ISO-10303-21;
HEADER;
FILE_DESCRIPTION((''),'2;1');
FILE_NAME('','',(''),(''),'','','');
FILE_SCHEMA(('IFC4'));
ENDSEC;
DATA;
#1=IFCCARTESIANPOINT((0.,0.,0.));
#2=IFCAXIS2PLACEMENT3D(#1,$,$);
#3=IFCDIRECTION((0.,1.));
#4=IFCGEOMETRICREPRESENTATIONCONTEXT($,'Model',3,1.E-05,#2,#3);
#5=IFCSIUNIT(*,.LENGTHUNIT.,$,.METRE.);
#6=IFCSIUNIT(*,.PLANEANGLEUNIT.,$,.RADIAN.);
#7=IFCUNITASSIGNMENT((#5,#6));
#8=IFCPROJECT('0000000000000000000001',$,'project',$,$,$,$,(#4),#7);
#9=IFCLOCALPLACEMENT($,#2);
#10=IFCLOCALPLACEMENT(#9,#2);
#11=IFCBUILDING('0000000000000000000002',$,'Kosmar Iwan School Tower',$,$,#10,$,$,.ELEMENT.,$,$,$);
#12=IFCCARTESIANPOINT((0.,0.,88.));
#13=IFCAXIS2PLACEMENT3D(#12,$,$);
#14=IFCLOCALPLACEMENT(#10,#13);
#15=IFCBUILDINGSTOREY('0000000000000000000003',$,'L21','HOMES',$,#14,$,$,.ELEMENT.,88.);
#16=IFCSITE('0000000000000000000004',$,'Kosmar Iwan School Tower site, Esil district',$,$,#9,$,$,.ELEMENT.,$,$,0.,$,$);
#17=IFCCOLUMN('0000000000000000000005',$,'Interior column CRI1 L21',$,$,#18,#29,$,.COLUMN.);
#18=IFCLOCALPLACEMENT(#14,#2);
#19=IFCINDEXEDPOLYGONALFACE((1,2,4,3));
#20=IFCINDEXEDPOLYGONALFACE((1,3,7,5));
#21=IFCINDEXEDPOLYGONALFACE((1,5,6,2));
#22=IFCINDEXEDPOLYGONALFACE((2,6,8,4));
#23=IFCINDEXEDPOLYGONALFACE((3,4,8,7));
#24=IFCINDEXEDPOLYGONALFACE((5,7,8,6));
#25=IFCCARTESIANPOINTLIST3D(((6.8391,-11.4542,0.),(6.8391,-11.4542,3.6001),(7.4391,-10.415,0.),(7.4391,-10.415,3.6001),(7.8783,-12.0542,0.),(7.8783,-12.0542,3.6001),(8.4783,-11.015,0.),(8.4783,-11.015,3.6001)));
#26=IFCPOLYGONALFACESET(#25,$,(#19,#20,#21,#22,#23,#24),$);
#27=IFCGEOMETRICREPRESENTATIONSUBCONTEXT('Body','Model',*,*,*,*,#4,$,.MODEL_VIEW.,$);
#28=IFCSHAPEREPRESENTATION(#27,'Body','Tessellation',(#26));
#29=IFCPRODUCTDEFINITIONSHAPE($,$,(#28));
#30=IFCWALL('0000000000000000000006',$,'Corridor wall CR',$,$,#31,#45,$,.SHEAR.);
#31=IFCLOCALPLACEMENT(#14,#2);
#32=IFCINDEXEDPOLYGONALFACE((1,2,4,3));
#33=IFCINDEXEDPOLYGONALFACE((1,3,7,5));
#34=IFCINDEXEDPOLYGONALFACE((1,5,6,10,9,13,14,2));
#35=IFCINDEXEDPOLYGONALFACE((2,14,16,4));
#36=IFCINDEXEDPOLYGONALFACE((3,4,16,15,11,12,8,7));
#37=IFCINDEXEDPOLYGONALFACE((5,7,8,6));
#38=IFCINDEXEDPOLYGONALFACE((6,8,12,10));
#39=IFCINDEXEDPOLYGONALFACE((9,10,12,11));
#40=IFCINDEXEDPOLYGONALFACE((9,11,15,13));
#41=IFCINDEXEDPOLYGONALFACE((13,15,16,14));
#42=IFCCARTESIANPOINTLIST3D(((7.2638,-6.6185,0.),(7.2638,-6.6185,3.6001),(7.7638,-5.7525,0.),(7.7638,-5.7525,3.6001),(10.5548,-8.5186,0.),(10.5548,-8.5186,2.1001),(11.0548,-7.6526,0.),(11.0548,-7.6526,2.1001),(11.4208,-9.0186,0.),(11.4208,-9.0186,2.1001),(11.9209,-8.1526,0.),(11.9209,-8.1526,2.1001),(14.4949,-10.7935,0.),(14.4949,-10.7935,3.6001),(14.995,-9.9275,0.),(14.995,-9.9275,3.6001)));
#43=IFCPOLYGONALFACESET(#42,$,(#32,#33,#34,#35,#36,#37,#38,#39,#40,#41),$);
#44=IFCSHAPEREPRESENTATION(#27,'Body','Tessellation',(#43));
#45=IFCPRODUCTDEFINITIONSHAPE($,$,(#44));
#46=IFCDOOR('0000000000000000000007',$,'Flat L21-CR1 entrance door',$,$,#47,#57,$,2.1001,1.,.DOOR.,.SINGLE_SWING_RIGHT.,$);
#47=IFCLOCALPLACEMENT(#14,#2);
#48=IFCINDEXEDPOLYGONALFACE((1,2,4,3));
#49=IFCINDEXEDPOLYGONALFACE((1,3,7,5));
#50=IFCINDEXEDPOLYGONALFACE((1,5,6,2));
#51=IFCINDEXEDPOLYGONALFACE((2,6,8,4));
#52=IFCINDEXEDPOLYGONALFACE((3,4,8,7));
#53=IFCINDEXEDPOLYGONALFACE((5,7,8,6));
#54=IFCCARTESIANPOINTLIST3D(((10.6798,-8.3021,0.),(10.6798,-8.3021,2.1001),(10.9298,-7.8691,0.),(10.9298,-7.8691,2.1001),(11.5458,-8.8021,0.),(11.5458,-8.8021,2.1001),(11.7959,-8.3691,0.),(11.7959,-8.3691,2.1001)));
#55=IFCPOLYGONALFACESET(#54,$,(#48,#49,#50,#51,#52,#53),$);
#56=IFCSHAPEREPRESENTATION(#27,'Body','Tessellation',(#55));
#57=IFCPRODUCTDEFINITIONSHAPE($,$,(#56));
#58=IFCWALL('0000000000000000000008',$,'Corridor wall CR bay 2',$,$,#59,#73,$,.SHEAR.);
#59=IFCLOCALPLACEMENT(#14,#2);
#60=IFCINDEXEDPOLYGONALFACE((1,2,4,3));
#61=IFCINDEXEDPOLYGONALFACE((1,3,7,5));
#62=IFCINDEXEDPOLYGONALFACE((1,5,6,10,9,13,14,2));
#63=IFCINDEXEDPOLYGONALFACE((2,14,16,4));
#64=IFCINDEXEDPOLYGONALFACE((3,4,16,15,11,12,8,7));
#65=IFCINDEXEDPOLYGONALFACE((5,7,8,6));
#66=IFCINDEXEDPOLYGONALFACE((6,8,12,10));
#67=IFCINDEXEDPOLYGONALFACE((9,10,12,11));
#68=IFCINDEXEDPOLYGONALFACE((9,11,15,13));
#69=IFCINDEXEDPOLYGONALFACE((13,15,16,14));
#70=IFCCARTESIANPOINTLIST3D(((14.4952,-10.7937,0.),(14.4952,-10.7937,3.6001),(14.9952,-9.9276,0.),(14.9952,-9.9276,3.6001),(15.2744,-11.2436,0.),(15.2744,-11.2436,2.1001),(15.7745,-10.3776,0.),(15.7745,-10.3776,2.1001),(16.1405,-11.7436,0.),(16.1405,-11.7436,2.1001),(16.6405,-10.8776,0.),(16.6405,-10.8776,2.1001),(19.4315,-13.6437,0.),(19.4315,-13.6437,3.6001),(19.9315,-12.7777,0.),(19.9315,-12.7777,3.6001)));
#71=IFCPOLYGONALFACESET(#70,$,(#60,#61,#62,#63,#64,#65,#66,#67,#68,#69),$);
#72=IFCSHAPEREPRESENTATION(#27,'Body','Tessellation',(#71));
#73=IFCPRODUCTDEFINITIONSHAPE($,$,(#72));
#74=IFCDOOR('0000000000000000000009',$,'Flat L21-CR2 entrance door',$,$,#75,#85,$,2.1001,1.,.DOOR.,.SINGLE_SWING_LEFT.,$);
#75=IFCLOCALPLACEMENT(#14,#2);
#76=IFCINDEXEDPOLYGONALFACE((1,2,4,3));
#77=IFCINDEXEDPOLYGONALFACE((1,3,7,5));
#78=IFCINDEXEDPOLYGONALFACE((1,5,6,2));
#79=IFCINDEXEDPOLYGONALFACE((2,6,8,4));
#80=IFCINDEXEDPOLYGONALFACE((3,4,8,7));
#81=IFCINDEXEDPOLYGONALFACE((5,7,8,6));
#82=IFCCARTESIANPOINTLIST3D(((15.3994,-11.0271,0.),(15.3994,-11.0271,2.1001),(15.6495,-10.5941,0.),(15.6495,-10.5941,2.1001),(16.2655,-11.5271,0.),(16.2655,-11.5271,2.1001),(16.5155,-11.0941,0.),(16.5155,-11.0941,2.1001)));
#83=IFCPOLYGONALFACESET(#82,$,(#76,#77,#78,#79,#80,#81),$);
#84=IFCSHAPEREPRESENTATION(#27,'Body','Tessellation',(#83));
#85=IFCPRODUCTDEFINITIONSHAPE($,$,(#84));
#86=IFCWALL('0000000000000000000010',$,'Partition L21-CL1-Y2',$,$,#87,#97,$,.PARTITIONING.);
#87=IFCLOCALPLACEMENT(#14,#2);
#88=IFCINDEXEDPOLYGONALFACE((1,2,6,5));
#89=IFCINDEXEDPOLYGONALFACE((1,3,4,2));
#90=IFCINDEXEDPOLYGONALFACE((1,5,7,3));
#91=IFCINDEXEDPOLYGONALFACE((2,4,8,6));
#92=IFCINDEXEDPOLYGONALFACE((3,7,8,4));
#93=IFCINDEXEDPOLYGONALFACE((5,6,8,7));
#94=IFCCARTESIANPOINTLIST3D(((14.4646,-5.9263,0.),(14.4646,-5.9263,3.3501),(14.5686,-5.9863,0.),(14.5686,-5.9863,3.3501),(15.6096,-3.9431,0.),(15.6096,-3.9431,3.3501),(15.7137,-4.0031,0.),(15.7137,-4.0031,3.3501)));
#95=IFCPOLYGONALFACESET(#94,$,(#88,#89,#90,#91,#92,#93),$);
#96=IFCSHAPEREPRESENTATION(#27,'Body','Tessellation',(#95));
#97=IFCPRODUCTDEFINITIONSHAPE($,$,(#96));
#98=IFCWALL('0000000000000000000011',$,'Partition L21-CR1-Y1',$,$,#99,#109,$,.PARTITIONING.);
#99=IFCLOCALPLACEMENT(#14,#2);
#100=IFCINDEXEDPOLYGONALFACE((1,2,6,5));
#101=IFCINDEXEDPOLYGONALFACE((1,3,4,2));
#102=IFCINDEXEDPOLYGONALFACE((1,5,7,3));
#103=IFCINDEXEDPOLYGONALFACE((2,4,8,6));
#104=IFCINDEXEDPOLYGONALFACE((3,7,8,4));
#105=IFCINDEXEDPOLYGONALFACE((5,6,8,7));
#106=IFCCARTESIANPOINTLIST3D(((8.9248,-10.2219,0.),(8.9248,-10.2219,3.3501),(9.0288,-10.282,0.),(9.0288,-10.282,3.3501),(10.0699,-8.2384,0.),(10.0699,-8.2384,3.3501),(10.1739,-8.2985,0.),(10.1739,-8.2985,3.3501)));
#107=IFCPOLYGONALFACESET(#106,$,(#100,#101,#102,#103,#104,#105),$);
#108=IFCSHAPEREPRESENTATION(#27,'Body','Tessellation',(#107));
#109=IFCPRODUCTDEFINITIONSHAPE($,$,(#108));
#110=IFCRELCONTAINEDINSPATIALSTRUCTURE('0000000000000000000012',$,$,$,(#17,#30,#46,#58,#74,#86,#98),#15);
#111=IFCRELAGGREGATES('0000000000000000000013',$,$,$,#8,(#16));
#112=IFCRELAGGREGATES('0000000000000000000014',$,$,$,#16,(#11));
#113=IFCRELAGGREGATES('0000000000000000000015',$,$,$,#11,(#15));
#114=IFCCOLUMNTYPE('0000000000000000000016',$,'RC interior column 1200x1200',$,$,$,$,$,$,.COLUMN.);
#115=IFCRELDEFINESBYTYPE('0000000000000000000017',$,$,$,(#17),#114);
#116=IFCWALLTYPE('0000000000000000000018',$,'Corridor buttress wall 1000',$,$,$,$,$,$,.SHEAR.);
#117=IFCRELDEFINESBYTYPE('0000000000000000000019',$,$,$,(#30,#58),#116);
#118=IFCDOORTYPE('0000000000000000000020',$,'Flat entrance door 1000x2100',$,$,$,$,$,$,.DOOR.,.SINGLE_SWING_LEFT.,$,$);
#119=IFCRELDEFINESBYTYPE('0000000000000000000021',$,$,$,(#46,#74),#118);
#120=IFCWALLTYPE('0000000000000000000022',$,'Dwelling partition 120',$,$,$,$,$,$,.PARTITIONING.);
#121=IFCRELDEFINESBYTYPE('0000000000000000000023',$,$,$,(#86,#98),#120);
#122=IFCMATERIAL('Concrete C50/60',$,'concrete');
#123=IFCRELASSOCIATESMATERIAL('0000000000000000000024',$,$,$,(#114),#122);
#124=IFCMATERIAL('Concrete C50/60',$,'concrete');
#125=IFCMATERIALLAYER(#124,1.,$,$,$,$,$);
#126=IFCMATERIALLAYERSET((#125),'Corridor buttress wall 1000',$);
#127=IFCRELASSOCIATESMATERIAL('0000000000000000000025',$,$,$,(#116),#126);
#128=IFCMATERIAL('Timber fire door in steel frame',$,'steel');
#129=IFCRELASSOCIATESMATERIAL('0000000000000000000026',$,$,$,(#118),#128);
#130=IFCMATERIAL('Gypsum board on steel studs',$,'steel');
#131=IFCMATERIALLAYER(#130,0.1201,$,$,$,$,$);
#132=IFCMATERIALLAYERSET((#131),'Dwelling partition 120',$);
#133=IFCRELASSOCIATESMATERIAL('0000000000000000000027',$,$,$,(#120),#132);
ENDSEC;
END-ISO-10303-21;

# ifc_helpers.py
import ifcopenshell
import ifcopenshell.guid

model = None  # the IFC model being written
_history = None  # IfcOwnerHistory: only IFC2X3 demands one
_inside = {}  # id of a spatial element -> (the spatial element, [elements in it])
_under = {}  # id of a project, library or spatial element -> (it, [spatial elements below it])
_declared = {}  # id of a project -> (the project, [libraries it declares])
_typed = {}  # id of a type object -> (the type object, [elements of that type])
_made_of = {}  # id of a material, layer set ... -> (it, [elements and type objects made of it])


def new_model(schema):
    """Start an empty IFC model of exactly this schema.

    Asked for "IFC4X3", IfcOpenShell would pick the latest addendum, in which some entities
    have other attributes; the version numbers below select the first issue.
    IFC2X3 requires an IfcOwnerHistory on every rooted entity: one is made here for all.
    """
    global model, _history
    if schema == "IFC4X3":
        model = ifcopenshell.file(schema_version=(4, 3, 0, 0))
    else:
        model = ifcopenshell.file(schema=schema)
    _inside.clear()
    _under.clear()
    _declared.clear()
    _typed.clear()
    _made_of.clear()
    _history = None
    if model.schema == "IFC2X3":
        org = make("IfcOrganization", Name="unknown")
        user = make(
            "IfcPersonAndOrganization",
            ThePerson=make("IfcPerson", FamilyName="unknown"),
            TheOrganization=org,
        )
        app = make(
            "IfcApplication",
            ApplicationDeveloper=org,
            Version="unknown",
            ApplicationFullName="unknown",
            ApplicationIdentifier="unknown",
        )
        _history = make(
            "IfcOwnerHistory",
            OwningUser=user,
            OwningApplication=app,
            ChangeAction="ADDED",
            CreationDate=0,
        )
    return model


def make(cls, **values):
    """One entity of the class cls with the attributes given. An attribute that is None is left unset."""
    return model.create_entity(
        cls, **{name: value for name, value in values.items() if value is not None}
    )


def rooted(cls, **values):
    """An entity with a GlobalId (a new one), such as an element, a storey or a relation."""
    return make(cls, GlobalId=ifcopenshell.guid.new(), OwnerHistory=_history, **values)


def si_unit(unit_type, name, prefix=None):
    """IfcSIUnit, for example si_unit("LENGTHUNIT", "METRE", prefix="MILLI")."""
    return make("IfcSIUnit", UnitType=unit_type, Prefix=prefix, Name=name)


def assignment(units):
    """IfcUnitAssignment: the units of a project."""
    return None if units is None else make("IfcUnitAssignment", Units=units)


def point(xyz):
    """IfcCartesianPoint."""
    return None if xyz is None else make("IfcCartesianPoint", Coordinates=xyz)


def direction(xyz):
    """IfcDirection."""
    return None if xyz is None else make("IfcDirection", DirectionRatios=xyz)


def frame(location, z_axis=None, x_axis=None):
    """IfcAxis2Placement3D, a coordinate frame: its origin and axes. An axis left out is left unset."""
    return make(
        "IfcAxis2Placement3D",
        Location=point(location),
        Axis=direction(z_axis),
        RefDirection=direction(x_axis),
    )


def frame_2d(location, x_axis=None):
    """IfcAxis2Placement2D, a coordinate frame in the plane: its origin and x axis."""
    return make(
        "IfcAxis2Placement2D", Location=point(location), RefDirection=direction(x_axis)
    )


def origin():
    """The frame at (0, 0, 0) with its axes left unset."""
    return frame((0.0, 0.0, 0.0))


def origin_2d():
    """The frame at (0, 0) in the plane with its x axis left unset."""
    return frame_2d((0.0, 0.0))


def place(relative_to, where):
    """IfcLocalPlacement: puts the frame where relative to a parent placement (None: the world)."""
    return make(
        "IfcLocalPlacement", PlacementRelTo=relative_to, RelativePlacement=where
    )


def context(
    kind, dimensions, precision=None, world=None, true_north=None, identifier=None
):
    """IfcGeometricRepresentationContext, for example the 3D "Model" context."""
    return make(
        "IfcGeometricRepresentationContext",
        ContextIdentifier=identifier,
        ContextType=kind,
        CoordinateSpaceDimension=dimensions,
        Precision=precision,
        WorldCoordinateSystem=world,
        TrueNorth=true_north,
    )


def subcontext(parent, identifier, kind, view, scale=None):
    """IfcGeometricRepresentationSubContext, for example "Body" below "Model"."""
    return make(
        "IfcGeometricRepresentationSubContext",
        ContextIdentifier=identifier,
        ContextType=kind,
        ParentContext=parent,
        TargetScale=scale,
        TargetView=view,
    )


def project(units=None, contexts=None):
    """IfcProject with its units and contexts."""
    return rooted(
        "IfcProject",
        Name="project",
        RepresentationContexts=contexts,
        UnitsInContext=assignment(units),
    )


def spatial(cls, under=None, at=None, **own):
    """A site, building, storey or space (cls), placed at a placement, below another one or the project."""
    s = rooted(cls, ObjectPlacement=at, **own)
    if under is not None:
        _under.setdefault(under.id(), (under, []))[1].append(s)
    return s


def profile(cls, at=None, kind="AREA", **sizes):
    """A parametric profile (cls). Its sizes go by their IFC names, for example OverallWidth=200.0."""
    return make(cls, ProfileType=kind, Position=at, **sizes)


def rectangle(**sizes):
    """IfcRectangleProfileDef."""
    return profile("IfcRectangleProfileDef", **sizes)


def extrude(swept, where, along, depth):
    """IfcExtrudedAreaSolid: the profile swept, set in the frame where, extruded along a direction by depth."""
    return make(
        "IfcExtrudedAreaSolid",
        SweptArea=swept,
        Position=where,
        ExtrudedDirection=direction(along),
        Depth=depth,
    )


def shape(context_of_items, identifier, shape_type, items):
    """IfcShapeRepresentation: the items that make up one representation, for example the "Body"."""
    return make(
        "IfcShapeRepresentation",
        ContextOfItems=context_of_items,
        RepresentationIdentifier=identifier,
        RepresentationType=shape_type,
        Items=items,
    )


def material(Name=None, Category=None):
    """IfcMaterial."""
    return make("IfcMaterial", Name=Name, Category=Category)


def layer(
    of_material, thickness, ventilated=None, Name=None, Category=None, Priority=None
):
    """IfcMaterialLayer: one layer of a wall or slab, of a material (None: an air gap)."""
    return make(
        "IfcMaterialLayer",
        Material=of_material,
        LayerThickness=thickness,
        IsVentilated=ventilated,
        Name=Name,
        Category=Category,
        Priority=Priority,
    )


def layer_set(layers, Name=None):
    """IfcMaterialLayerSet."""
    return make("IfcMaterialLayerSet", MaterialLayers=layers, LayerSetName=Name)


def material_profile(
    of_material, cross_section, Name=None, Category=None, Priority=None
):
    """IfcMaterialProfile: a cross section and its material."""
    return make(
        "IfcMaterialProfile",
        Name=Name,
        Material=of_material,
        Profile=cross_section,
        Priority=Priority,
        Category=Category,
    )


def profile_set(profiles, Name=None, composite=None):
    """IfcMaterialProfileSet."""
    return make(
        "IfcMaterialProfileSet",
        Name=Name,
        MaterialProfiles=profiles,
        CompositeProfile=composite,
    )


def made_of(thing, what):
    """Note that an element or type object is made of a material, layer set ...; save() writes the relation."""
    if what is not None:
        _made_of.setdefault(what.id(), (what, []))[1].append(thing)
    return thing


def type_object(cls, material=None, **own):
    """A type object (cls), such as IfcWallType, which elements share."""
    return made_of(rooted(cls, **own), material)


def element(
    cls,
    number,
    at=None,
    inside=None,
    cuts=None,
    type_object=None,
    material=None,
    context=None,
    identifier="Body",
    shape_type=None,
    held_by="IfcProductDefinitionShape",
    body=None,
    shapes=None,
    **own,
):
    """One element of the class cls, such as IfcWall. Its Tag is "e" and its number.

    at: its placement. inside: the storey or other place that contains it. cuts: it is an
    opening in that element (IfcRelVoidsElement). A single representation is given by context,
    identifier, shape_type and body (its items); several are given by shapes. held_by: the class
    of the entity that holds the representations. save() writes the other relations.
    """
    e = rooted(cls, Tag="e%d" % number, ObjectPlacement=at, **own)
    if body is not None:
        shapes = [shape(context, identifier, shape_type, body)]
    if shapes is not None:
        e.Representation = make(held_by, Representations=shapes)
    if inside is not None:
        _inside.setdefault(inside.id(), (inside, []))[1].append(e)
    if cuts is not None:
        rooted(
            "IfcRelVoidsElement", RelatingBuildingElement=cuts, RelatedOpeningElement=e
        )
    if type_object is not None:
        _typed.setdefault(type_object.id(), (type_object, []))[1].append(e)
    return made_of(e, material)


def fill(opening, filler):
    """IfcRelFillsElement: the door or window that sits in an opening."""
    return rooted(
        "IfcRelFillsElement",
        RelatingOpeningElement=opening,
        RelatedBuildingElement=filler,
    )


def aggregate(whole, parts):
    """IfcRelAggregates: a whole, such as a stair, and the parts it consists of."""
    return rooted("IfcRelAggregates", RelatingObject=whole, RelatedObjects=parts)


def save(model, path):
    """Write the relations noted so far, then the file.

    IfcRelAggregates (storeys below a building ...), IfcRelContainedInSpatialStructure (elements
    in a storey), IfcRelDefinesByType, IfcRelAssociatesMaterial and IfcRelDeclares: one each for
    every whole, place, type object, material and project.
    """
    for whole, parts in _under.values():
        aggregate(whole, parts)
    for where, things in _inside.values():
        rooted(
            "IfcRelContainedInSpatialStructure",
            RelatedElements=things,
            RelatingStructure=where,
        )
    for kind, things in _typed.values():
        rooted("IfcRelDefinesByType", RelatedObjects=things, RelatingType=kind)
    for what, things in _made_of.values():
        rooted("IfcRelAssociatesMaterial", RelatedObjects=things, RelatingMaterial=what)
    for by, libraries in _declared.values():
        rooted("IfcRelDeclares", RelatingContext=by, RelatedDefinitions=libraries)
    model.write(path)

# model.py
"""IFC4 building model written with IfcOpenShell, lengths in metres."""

from ifc_helpers import new_model, si_unit, direction, frame, frame_2d, origin, origin_2d, place, context, subcontext, project, spatial, rectangle, extrude, material, layer, layer_set, material_profile, profile_set, type_object, element, fill, save


model = new_model("IFC4")

# Units and contexts
model_context = context("Model", 3, precision=1e-05, world=origin(), true_north=direction((0.0, 1.0)))
body_context = subcontext(model_context, "Body", "Model", "MODEL_VIEW")
ifc_project = project(units=[si_unit("LENGTHUNIT", "METRE"), si_unit("PLANEANGLEUNIT", "RADIAN")], contexts=[model_context])

# Site, building, storey
site_placement = place(None, origin())
site = spatial("IfcSite", under=ifc_project, at=site_placement, Name="Kosmar Iwan School Tower site, Esil district", CompositionType="ELEMENT", RefElevation=0.0)
building_placement = place(site_placement, origin())
building = spatial("IfcBuilding", under=site, at=building_placement, Name="Kosmar Iwan School Tower", CompositionType="ELEMENT")
storey_placement = place(building_placement, frame((0.0, 0.0, 88.0)))
storey = spatial("IfcBuildingStorey", under=building, at=storey_placement, Name="L21", Description="HOMES", CompositionType="ELEMENT", Elevation=88.0)

# Column
ifc_material_1 = material(Name="Concrete C50/60", Category="concrete")
ifc_material_profile = material_profile(ifc_material_1, rectangle(XDim=1.2, YDim=1.2, at=origin_2d()), Name="RC 1200x1200")
ifc_profile_set = profile_set([ifc_material_profile], Name="Concrete C50/60")
column_type = type_object("IfcColumnType", Name="RC interior column 1200x1200", PredefinedType="COLUMN", material=ifc_profile_set)
column_placement = place(storey_placement, frame((7.6587, -11.2346, 0.0), z_axis=(0.0, 0.0, 1.0), x_axis=(0.866025, -0.5, 0.0)))
element("IfcColumn", 1, at=column_placement, inside=storey, type_object=column_type, Name="Interior column CRI1 L21", PredefinedType="COLUMN", context=body_context, shape_type="SweptSolid", body=[
    extrude(rectangle(XDim=1.2, YDim=1.2, at=origin_2d()), origin(), (0.0, 0.0, 1.0), 3.6001),
])

# Walls, openings, doors
ifc_material_2 = material(Name="Concrete C50/60", Category="concrete")
ifc_layer_1 = layer(ifc_material_2, 1.0)
ifc_layer_set_1 = layer_set([ifc_layer_1], Name="Corridor buttress wall 1000")
wall_type_1 = type_object("IfcWallType", Name="Corridor buttress wall 1000", PredefinedType="SHEAR", material=ifc_layer_set_1)
wall_1_placement = place(storey_placement, frame((7.5139, -6.1855, 0.0), z_axis=(0.0, 0.0, 1.0), x_axis=(0.86602, -0.50001, 0.0)))
wall_1 = element("IfcWall", 2, at=wall_1_placement, inside=storey, type_object=wall_type_1, Name="Corridor wall CR", PredefinedType="SHEAR", context=body_context, shape_type="SweptSolid", body=[
    extrude(rectangle(XDim=8.3499, YDim=1.0, at=frame_2d((4.1748, 0.0))), origin(), (0.0, 0.0, 1.0), 3.6001),
])
opening_1_placement = place(wall_1_placement, frame((3.8, 0.0, 0.0)))
opening_1 = element("IfcOpeningElement", 3, at=opening_1_placement, cuts=wall_1, PredefinedType="OPENING", context=body_context, shape_type="SweptSolid", body=[
    extrude(rectangle(XDim=1.0, YDim=2.1001, at=frame_2d((0.5, 1.05))), frame((0.0, 0.512, 0.0), z_axis=(0.0, -1.0, 0.0), x_axis=(1.0, 0.0, 0.0)), (0.0, 0.0, 1.0), 1.0239),
])
ifc_material_3 = material(Name="Timber fire door in steel frame", Category="steel")
door_type_1 = type_object("IfcDoorType", Name="Flat entrance door 1000x2100", OperationType="SINGLE_SWING_LEFT", PredefinedType="DOOR", material=ifc_material_3)
door_1_placement = place(opening_1_placement, origin())
door_1 = element("IfcDoor", 4, at=door_1_placement, inside=storey, type_object=door_type_1, Name="Flat L21-CR1 entrance door", OperationType="SINGLE_SWING_RIGHT", OverallHeight=2.1001, OverallWidth=1.0, PredefinedType="DOOR", context=body_context, shape_type="SweptSolid", body=[
    extrude(rectangle(XDim=1.0, YDim=2.1001, at=frame_2d((0.5, 1.05))), frame((0.0, 0.25, 0.0), z_axis=(0.0, -1.0, 0.0), x_axis=(1.0, 0.0, 0.0)), (0.0, 0.0, 1.0), 0.5),
])
fill(opening_1, door_1)
wall_2_placement = place(storey_placement, frame((14.7451, -10.3606, 0.0), z_axis=(0.0, 0.0, 1.0), x_axis=(0.866015, -0.500018, 0.0)))
wall_2 = element("IfcWall", 5, at=wall_2_placement, inside=storey, type_object=wall_type_1, Name="Corridor wall CR bay 2", PredefinedType="SHEAR", context=body_context, shape_type="SweptSolid", body=[
    extrude(rectangle(XDim=5.7, YDim=1.0, at=frame_2d((2.8501, 0.0))), origin(), (0.0, 0.0, 1.0), 3.6001),
])
opening_2_placement = place(wall_2_placement, frame((0.8999, 0.0, 0.0)))
opening_2 = element("IfcOpeningElement", 6, at=opening_2_placement, cuts=wall_2, PredefinedType="OPENING", context=body_context, shape_type="SweptSolid", body=[
    extrude(rectangle(XDim=1.0, YDim=2.1001, at=frame_2d((0.5, 1.05))), frame((0.0, 0.512, 0.0), z_axis=(0.0, -1.0, 0.0), x_axis=(1.0, 0.0, 0.0)), (0.0, 0.0, 1.0), 1.0239),
])
door_2_placement = place(opening_2_placement, origin())
door_2 = element("IfcDoor", 7, at=door_2_placement, inside=storey, type_object=door_type_1, Name="Flat L21-CR2 entrance door", OperationType="SINGLE_SWING_LEFT", OverallHeight=2.1001, OverallWidth=1.0, PredefinedType="DOOR", context=body_context, shape_type="SweptSolid", body=[
    extrude(rectangle(XDim=1.0, YDim=2.1001, at=frame_2d((0.5, 1.05))), frame((0.0, 0.25, 0.0), z_axis=(0.0, -1.0, 0.0), x_axis=(1.0, 0.0, 0.0)), (0.0, 0.0, 1.0), 0.5),
])
fill(opening_2, door_2)

# Walls
ifc_material_4 = material(Name="Gypsum board on steel studs", Category="steel")
ifc_layer_2 = layer(ifc_material_4, 0.1201)
ifc_layer_set_2 = layer_set([ifc_layer_2], Name="Dwelling partition 120")
wall_type_2 = type_object("IfcWallType", Name="Dwelling partition 120", PredefinedType="PARTITIONING", material=ifc_layer_set_2)
wall_3_placement = place(storey_placement, frame((14.5166, -5.9563, 0.0), z_axis=(0.0, 0.0, 1.0), x_axis=(0.500015, 0.866017, 0.0)))
element("IfcWall", 8, at=wall_3_placement, inside=storey, type_object=wall_type_2, Name="Partition L21-CL1-Y2", PredefinedType="PARTITIONING", context=body_context, shape_type="SweptSolid", body=[
    extrude(rectangle(XDim=2.29, YDim=0.1201, at=frame_2d((1.145, 0.0))), origin(), (0.0, 0.0, 1.0), 3.3501),
])
wall_4_placement = place(storey_placement, frame((10.1218, -8.2686, 0.0), z_axis=(0.0, 0.0, 1.0), x_axis=(-0.499969, -0.866044, 0.0)))
element("IfcWall", 9, at=wall_4_placement, inside=storey, type_object=wall_type_2, Name="Partition L21-CR1-Y1", PredefinedType="PARTITIONING", context=body_context, shape_type="SweptSolid", body=[
    extrude(rectangle(XDim=2.2903, YDim=0.1201, at=frame_2d((1.145, 0.0))), origin(), (0.0, 0.0, 1.0), 3.3501),
])

save(model, "model.ifc")
